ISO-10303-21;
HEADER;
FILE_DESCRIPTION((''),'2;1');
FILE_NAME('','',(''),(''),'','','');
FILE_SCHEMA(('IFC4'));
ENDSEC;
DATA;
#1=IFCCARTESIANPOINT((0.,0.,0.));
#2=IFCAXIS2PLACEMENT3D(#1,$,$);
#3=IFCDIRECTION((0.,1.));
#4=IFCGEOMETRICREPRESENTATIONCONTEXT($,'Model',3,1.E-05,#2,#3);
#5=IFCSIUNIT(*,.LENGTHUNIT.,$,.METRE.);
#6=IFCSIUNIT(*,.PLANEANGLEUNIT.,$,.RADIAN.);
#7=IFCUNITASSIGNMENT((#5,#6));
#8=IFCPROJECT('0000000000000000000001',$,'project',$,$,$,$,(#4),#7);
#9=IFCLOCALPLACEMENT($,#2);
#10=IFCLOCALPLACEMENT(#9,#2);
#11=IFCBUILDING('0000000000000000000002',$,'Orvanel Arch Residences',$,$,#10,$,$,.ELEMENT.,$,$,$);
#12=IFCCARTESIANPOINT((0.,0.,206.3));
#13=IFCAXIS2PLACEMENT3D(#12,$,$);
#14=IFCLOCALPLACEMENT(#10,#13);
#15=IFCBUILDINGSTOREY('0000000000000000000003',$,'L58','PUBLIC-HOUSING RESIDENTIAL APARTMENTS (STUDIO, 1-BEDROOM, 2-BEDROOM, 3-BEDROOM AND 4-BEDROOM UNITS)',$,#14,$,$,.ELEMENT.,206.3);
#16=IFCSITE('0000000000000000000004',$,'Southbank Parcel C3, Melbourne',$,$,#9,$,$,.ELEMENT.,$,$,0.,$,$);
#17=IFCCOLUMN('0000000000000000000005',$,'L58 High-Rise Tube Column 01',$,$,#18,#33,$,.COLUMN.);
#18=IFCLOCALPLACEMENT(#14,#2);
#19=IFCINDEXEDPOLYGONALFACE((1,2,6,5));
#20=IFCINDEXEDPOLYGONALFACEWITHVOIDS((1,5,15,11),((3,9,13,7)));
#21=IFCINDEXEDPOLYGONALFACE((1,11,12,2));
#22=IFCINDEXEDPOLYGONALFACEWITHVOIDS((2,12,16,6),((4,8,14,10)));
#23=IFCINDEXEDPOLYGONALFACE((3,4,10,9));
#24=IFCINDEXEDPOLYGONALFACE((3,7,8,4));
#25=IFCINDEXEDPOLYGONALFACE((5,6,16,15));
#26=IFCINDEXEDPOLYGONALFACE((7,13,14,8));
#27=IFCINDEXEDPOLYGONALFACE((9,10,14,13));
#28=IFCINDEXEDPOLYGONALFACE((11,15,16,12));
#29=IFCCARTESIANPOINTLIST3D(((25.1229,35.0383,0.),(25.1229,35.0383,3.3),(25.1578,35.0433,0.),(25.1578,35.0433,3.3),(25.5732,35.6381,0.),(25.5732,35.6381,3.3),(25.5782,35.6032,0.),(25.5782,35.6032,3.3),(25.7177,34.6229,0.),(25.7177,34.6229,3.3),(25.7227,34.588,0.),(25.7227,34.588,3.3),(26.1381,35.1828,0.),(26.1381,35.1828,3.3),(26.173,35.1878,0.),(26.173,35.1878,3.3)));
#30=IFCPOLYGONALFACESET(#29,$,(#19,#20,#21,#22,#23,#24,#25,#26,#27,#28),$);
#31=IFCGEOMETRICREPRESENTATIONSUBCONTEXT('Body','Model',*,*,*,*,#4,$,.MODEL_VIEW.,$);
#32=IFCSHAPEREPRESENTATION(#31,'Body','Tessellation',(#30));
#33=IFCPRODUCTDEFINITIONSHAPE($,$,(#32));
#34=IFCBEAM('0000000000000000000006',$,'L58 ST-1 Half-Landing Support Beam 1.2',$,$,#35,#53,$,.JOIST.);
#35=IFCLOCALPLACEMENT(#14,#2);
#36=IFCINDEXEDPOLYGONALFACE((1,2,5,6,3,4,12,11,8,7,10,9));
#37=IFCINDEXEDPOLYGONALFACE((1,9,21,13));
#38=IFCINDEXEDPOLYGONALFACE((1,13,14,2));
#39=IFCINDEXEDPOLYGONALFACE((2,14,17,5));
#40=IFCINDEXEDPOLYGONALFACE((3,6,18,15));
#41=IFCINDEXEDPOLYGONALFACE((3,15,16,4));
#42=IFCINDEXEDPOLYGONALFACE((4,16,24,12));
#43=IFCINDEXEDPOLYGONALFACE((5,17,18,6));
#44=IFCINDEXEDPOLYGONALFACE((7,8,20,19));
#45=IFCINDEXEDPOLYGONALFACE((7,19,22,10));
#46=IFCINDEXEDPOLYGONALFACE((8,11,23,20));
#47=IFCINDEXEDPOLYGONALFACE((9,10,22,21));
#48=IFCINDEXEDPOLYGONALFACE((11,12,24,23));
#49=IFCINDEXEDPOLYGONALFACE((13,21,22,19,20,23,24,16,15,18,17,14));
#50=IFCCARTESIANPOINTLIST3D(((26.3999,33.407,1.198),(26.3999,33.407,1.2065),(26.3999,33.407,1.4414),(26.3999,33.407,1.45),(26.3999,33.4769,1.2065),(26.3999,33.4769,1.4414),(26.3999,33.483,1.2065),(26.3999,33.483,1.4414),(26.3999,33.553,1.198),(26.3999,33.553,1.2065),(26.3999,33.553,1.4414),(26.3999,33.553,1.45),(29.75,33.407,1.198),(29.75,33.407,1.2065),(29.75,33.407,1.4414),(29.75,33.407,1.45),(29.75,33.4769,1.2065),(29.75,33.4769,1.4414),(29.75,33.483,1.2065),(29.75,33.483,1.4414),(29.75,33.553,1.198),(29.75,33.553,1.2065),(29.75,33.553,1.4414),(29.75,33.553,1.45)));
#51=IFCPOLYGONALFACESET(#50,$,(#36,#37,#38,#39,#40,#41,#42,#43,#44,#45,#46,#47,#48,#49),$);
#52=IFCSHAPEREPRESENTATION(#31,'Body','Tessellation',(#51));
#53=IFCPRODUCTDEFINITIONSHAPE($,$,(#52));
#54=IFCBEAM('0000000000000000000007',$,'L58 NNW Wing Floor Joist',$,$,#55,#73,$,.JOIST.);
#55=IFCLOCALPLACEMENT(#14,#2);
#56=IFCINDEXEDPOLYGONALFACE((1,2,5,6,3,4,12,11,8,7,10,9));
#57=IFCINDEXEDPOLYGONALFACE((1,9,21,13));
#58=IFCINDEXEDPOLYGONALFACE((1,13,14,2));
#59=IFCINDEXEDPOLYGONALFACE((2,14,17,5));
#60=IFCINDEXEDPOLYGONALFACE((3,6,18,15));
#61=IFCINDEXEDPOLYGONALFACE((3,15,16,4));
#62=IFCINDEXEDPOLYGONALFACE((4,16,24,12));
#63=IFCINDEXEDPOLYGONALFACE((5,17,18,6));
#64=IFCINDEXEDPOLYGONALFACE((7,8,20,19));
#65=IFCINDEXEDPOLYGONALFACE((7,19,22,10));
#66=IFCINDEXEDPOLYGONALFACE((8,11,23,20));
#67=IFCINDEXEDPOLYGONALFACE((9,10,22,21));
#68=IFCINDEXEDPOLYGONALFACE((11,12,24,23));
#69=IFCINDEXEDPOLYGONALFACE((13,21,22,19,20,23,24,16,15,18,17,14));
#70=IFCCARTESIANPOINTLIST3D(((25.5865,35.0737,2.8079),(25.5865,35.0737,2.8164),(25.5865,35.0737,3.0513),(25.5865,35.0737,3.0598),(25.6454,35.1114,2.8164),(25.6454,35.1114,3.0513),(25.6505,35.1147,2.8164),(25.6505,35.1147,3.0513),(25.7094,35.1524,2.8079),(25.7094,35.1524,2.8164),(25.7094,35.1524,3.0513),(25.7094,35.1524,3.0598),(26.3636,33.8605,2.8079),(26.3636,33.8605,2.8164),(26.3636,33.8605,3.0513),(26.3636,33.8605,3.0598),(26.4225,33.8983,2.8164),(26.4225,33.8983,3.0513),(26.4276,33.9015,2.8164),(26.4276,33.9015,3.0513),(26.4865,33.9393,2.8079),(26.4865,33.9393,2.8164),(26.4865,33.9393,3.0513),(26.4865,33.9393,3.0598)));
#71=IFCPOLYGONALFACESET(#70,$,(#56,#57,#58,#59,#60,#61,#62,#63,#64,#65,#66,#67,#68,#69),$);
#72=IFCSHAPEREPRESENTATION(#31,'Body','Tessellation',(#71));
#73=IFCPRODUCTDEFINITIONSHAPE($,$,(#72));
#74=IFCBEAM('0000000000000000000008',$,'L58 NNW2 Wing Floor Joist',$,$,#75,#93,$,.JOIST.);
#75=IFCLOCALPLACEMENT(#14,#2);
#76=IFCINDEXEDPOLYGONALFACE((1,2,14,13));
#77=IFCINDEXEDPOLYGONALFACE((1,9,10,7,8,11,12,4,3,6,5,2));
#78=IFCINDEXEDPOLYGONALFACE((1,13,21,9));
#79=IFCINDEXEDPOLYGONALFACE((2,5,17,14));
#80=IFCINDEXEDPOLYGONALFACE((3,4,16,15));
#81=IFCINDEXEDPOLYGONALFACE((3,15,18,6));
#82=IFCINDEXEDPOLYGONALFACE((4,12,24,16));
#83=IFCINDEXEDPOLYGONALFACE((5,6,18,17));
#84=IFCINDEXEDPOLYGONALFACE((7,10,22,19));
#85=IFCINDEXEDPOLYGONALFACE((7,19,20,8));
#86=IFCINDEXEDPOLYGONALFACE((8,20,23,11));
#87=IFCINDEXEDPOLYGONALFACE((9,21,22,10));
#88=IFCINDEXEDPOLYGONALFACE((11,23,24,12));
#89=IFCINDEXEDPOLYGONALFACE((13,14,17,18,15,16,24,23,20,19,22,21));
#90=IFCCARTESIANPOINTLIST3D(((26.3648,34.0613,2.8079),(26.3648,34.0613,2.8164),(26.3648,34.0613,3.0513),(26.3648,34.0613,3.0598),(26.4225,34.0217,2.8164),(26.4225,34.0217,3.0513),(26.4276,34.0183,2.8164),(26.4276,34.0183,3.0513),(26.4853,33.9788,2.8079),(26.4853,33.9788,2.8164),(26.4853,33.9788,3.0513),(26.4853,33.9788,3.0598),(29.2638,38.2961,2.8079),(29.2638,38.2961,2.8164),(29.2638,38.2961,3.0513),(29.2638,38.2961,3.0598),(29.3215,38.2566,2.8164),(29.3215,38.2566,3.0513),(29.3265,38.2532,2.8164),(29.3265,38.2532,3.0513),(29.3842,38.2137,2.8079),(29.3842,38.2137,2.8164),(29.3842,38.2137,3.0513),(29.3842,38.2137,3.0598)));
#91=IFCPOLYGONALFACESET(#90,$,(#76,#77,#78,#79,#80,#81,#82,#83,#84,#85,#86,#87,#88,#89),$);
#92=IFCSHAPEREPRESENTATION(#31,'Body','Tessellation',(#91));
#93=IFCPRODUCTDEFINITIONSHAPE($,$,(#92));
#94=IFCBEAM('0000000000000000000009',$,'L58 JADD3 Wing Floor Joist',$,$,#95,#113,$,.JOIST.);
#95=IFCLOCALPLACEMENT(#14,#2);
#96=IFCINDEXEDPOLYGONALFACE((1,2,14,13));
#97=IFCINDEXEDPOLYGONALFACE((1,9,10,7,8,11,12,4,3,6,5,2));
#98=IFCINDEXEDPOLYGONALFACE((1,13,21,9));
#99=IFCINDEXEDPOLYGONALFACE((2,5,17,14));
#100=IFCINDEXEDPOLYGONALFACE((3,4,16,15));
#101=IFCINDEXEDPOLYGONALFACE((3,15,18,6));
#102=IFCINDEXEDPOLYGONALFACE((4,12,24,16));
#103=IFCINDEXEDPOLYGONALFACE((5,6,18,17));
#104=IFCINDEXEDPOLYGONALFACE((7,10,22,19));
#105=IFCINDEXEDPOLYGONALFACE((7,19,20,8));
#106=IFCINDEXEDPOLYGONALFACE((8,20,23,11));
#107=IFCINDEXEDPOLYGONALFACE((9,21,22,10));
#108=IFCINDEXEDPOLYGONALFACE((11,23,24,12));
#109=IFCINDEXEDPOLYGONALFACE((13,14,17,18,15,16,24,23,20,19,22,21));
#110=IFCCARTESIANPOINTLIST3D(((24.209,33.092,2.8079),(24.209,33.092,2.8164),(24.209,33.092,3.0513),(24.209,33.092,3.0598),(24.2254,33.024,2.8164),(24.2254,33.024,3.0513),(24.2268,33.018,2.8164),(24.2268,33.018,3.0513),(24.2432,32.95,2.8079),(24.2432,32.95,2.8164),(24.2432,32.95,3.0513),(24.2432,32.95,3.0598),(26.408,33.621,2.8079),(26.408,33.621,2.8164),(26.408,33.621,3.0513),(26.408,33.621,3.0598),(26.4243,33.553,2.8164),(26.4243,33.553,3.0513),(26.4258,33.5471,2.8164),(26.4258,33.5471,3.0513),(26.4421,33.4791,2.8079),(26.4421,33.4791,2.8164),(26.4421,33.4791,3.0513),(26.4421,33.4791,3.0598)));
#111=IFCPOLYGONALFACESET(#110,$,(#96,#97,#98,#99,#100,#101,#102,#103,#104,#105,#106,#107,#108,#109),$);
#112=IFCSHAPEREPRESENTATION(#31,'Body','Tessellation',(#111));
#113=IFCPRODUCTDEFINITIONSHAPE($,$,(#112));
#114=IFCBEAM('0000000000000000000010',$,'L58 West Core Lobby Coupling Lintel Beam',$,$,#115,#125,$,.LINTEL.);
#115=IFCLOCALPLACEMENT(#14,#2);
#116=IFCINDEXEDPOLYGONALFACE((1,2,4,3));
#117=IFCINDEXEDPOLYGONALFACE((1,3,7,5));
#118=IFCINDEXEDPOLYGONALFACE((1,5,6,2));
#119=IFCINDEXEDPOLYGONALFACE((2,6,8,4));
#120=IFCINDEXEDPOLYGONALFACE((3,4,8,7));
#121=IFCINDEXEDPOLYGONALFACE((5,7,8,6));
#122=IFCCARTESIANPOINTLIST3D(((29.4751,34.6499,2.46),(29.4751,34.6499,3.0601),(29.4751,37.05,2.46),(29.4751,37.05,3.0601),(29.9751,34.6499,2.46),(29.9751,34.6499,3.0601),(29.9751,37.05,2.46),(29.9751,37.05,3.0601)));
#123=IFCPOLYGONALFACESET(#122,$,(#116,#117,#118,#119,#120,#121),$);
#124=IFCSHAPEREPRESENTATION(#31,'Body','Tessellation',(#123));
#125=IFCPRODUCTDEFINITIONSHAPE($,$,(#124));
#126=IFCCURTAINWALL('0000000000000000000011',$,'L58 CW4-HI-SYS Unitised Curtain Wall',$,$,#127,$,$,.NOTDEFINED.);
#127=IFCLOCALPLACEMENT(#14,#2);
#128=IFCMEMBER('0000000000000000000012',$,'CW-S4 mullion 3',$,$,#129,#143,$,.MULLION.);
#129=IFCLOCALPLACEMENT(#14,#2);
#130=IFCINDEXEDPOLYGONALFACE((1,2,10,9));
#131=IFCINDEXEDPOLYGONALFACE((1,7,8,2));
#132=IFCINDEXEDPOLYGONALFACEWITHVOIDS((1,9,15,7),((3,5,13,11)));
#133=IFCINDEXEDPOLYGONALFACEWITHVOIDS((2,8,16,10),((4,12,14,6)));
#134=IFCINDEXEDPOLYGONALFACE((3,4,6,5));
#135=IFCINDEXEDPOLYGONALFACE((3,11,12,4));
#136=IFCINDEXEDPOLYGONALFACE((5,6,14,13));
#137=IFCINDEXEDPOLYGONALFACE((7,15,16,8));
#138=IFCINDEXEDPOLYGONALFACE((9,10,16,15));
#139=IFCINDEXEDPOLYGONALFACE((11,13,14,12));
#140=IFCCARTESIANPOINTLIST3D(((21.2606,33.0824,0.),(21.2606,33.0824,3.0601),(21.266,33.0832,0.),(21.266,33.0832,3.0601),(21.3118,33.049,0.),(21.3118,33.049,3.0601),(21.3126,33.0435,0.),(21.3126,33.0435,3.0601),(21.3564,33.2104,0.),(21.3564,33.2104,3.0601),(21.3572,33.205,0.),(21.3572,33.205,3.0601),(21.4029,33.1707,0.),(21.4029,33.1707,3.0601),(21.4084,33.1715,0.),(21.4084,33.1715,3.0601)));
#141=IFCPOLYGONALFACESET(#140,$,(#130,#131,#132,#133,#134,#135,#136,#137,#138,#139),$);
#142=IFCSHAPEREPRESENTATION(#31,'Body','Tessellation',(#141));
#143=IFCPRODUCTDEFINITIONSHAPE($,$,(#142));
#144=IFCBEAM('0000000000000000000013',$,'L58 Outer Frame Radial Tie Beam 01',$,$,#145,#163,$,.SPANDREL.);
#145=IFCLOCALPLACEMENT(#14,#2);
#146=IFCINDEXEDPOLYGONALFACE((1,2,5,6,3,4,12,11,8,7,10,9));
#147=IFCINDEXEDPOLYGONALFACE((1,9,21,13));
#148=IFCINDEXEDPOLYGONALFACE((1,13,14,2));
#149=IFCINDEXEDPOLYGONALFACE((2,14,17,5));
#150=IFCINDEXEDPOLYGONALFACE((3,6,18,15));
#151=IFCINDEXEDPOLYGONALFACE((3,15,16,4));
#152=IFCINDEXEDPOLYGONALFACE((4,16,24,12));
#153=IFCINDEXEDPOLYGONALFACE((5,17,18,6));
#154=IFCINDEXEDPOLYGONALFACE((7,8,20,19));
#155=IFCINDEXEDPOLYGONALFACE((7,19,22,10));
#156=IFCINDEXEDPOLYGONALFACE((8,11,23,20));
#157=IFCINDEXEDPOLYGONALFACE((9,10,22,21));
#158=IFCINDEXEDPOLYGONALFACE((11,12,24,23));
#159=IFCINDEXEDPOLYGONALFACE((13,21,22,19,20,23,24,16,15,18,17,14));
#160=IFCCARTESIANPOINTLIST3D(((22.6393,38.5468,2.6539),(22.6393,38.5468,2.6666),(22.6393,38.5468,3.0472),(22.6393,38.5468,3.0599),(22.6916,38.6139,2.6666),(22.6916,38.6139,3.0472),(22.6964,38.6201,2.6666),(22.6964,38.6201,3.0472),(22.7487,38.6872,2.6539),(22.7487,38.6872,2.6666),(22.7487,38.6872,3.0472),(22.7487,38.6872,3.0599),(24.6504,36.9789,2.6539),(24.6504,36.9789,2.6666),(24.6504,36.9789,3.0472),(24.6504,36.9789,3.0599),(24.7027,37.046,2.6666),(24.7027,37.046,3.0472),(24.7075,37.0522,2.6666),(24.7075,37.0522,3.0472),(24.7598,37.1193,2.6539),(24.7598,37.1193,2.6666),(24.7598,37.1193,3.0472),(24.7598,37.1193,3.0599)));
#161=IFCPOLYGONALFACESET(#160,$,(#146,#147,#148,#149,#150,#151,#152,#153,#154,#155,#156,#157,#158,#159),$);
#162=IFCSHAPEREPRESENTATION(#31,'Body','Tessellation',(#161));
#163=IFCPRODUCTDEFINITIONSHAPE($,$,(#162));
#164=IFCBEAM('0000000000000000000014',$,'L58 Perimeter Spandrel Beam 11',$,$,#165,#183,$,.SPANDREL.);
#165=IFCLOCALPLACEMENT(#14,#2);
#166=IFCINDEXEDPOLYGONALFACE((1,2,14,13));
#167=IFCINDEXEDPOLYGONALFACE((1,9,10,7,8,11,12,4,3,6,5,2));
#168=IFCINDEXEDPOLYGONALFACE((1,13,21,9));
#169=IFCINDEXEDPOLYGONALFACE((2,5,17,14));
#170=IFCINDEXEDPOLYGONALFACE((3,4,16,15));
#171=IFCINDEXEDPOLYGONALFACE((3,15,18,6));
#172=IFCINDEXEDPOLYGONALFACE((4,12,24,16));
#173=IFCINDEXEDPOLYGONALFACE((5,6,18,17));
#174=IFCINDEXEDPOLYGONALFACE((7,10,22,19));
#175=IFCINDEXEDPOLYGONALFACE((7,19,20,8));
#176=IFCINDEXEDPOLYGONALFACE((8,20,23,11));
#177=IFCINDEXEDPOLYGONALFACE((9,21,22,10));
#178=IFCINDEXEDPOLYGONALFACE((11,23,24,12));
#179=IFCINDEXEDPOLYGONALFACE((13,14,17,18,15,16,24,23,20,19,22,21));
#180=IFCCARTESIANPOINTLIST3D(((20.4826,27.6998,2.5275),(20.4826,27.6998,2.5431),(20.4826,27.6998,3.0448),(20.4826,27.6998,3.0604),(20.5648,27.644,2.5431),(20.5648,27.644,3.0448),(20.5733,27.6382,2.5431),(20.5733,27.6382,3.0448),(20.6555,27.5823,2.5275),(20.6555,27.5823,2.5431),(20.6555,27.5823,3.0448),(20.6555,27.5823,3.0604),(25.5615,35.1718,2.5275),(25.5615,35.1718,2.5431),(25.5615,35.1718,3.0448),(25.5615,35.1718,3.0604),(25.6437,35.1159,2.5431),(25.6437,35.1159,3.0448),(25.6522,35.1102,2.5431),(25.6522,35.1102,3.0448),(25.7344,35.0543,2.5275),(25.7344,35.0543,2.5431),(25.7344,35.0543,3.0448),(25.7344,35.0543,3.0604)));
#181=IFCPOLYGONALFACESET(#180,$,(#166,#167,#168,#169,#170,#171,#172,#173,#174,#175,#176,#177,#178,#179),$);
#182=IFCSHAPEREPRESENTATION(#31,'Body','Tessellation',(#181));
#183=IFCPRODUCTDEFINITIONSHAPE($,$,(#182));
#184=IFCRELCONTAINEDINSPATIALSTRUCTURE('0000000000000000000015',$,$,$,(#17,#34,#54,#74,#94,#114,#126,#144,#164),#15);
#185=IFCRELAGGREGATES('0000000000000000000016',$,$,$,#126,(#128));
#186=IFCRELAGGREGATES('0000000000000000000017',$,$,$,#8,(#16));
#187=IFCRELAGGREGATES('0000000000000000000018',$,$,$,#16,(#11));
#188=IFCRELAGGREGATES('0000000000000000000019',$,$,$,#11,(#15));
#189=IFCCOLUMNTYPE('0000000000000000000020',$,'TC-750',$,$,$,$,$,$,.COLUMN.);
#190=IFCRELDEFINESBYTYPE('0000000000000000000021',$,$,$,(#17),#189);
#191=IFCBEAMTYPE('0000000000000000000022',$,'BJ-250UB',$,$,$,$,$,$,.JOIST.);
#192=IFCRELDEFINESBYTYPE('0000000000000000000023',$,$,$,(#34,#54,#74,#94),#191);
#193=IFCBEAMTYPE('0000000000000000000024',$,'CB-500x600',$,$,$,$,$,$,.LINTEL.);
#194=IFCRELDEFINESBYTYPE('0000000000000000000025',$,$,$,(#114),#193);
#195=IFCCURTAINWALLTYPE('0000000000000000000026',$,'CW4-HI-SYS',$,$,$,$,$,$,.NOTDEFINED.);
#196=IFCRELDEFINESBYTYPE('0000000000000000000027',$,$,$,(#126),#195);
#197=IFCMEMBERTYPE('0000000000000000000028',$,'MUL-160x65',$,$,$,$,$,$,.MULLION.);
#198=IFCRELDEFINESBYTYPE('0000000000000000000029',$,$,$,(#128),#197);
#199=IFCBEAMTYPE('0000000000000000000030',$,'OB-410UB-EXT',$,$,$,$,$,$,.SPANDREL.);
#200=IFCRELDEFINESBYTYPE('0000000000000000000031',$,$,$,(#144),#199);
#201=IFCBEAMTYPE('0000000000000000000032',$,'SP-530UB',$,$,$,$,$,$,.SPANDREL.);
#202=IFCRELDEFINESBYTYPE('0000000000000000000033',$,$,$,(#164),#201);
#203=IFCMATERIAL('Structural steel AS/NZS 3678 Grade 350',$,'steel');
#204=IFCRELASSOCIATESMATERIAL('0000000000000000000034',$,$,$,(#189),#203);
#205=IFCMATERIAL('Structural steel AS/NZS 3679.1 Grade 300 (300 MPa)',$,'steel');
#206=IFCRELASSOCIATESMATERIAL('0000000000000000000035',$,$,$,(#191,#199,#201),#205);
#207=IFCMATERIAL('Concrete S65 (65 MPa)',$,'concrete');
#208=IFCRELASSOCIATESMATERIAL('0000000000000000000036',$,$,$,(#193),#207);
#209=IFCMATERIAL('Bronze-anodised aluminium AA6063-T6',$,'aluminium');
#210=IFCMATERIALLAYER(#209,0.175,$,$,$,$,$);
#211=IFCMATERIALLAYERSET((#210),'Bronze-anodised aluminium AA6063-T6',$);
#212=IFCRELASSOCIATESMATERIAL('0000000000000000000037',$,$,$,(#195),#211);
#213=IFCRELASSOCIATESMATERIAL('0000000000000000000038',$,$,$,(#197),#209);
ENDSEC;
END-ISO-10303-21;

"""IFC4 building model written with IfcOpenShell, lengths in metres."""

from ifc_helpers import new_model, si_unit, direction, frame, origin, origin_2d, place, context, subcontext, project, spatial, rectangle, hollow_rectangle, i_section, extrude, material, layer, layer_set, material_profile, profile_set, type_object, element, aggregate, save


model = new_model("IFC4")

# Units and contexts
model_context = context("Model", 3, precision=1e-05, world=origin(), true_north=direction((0.0, 1.0)))
body_context = subcontext(model_context, "Body", "Model", "MODEL_VIEW")
ifc_project = project(units=[si_unit("LENGTHUNIT", "METRE"), si_unit("PLANEANGLEUNIT", "RADIAN")], contexts=[model_context])

# Site, building, storey
site_placement = place(None, origin())
site = spatial("IfcSite", under=ifc_project, at=site_placement, Name="Southbank Parcel C3, Melbourne", CompositionType="ELEMENT", RefElevation=0.0)
building_placement = place(site_placement, origin())
building = spatial("IfcBuilding", under=site, at=building_placement, Name="Orvanel Arch Residences", CompositionType="ELEMENT")
storey_placement = place(building_placement, frame((0.0, 0.0, 206.3)))
storey = spatial("IfcBuildingStorey", under=building, at=storey_placement, Name="L58", Description="PUBLIC-HOUSING RESIDENTIAL APARTMENTS (STUDIO, 1-BEDROOM, 2-BEDROOM, 3-BEDROOM AND 4-BEDROOM UNITS)", CompositionType="ELEMENT", Elevation=206.3)

# Column
ifc_material_1 = material(Name="Structural steel AS/NZS 3678 Grade 350", Category="steel")
ifc_material_profile_1 = material_profile(ifc_material_1, hollow_rectangle(XDim=0.75, YDim=0.75, WallThickness=0.0249, at=origin_2d()), Name="BOX750x750x25")
ifc_profile_set_1 = profile_set([ifc_material_profile_1], Name="Structural steel AS/NZS 3678 Grade 350")
column_type = type_object("IfcColumnType", Name="TC-750", PredefinedType="COLUMN", material=ifc_profile_set_1)
column_placement = place(storey_placement, frame((25.6479, 35.113, 0.0), z_axis=(0.0, 0.0, 1.0), x_axis=(0.60042, 0.799685, 0.0)))
element("IfcColumn", 1, at=column_placement, inside=storey, type_object=column_type, Name="L58 High-Rise Tube Column 01", PredefinedType="COLUMN", context=body_context, shape_type="SweptSolid", body=[
    extrude(hollow_rectangle(XDim=0.75, YDim=0.75, WallThickness=0.0249, at=origin_2d()), origin(), (0.0, 0.0, 1.0), 3.3),
])

# Beams
ifc_material_2 = material(Name="Structural steel AS/NZS 3679.1 Grade 300 (300 MPa)", Category="steel")
ifc_material_profile_2 = material_profile(ifc_material_2, i_section(OverallWidth=0.146, OverallDepth=0.252, WebThickness=0.0061, FlangeThickness=0.0085, at=origin_2d()), Name="250UB31.4")
ifc_profile_set_2 = profile_set([ifc_material_profile_2], Name="Structural steel AS/NZS 3679.1 Grade 300 (300 MPa)")
beam_type_1 = type_object("IfcBeamType", Name="BJ-250UB", PredefinedType="JOIST", material=ifc_profile_set_2)
beam_1_placement = place(storey_placement, frame((26.3999, 33.48, 1.324), z_axis=(1.0, 0.0, 0.0), x_axis=(0.0, 1.0, 0.0)))
element("IfcBeam", 2, at=beam_1_placement, inside=storey, type_object=beam_type_1, Name="L58 ST-1 Half-Landing Support Beam 1.2", PredefinedType="JOIST", context=body_context, shape_type="SweptSolid", body=[
    extrude(i_section(OverallWidth=0.146, OverallDepth=0.252, WebThickness=0.0061, FlangeThickness=0.0085, at=origin_2d()), origin(), (0.0, 0.0, 1.0), 3.3501),
])
beam_2_placement = place(storey_placement, frame((26.425, 33.8999, 2.9338), z_axis=(-0.539395, 0.842053, 0.0), x_axis=(-0.842053, -0.539395, 0.0)))
element("IfcBeam", 3, at=beam_2_placement, inside=storey, type_object=beam_type_1, Name="L58 NNW Wing Floor Joist", PredefinedType="JOIST", context=body_context, shape_type="SweptSolid", body=[
    extrude(i_section(OverallWidth=0.146, OverallDepth=0.252, WebThickness=0.0061, FlangeThickness=0.0085, at=origin_2d()), origin(), (0.0, 0.0, 1.0), 1.4407),
])
beam_3_placement = place(storey_placement, frame((26.425, 34.02, 2.9338), z_axis=(0.564868, 0.825181, 0.0), x_axis=(-0.825181, 0.564868, 0.0)))
element("IfcBeam", 4, at=beam_3_placement, inside=storey, type_object=beam_type_1, Name="L58 NNW2 Wing Floor Joist", PredefinedType="JOIST", context=body_context, shape_type="SweptSolid", body=[
    extrude(i_section(OverallWidth=0.146, OverallDepth=0.252, WebThickness=0.0061, FlangeThickness=0.0085, at=origin_2d()), origin(), (0.0, 0.0, 1.0), 5.1321),
])
beam_4_placement = place(storey_placement, frame((26.425, 33.55, 2.9338), z_axis=(-0.972257, -0.233916, 0.0), x_axis=(0.233916, -0.972257, 0.0)))
element("IfcBeam", 5, at=beam_4_placement, inside=storey, type_object=beam_type_1, Name="L58 JADD3 Wing Floor Joist", PredefinedType="JOIST", context=body_context, shape_type="SweptSolid", body=[
    extrude(i_section(OverallWidth=0.146, OverallDepth=0.252, WebThickness=0.0061, FlangeThickness=0.0085, at=origin_2d()), origin(), (0.0, 0.0, 1.0), 2.2617),
])
ifc_material_3 = material(Name="Concrete S65 (65 MPa)", Category="concrete")
ifc_material_profile_3 = material_profile(ifc_material_3, rectangle(XDim=0.5, YDim=0.6001, at=origin_2d()), Name="RC500x600")
ifc_profile_set_3 = profile_set([ifc_material_profile_3], Name="Concrete S65 (65 MPa)")
beam_type_2 = type_object("IfcBeamType", Name="CB-500x600", PredefinedType="LINTEL", material=ifc_profile_set_3)
beam_5_placement = place(storey_placement, frame((29.7251, 34.6499, 2.76), z_axis=(0.0, 1.0, 0.0), x_axis=(-1.0, 0.0, 0.0)))
element("IfcBeam", 6, at=beam_5_placement, inside=storey, type_object=beam_type_2, Name="L58 West Core Lobby Coupling Lintel Beam", PredefinedType="LINTEL", context=body_context, shape_type="SweptSolid", body=[
    extrude(rectangle(XDim=0.5, YDim=0.6001, at=origin_2d()), origin(), (0.0, 0.0, 1.0), 2.4001),
])

# Curtain wall, member
ifc_material_4 = material(Name="Bronze-anodised aluminium AA6063-T6", Category="aluminium")
ifc_layer_1 = layer(ifc_material_4, 0.175)
ifc_layer_set_1 = layer_set([ifc_layer_1], Name="Bronze-anodised aluminium AA6063-T6")
curtain_wall_type = type_object("IfcCurtainWallType", Name="CW4-HI-SYS", PredefinedType="NOTDEFINED", material=ifc_layer_set_1)
curtain_wall_placement = place(storey_placement, origin())
curtain_wall = element("IfcCurtainWall", 7, at=curtain_wall_placement, inside=storey, type_object=curtain_wall_type, Name="L58 CW4-HI-SYS Unitised Curtain Wall", PredefinedType="NOTDEFINED")
ifc_material_profile_4 = material_profile(ifc_material_4, hollow_rectangle(XDim=0.0649, YDim=0.1599, WallThickness=0.0039, at=origin_2d()), Name="ALU160x65x4")
ifc_profile_set_4 = profile_set([ifc_material_profile_4], Name="Bronze-anodised aluminium AA6063-T6")
member_type = type_object("IfcMemberType", Name="MUL-160x65", PredefinedType="MULLION", material=ifc_profile_set_4)
member_placement = place(storey_placement, frame((21.3345, 33.127, 0.0), z_axis=(0.0, 0.0, 1.0), x_axis=(0.800636, -0.599152, 0.0)))
member = element("IfcMember", 8, at=member_placement, type_object=member_type, Name="CW-S4 mullion 3", PredefinedType="MULLION", context=body_context, shape_type="SweptSolid", body=[
    extrude(hollow_rectangle(XDim=0.0649, YDim=0.1599, WallThickness=0.0039, at=origin_2d()), origin(), (0.0, 0.0, 1.0), 3.0601),
])

# Beams
ifc_material_profile_5 = material_profile(ifc_material_2, i_section(OverallWidth=0.178, OverallDepth=0.406, WebThickness=0.0078, FlangeThickness=0.0127, at=origin_2d()), Name="410UB59.7")
ifc_profile_set_5 = profile_set([ifc_material_profile_5], Name="Structural steel AS/NZS 3679.1 Grade 300 (300 MPa)")
beam_type_3 = type_object("IfcBeamType", Name="OB-410UB-EXT", PredefinedType="SPANDREL", material=ifc_profile_set_5)
beam_6_placement = place(storey_placement, frame((24.7051, 37.0491, 2.8569), z_axis=(-0.788635, 0.614862, 0.0), x_axis=(-0.614862, -0.788635, 0.0)))
element("IfcBeam", 9, at=beam_6_placement, inside=storey, type_object=beam_type_3, Name="L58 Outer Frame Radial Tie Beam 01", PredefinedType="SPANDREL", context=body_context, shape_type="SweptSolid", body=[
    extrude(i_section(OverallWidth=0.178, OverallDepth=0.406, WebThickness=0.0078, FlangeThickness=0.0127, at=origin_2d()), origin(), (0.0, 0.0, 1.0), 2.55),
])
ifc_material_profile_6 = material_profile(ifc_material_2, i_section(OverallWidth=0.209, OverallDepth=0.533, WebThickness=0.0103, FlangeThickness=0.0156, at=origin_2d()), Name="530UB92.4")
ifc_profile_set_6 = profile_set([ifc_material_profile_6], Name="Structural steel AS/NZS 3679.1 Grade 300 (300 MPa)")
beam_type_4 = type_object("IfcBeamType", Name="SP-530UB", PredefinedType="SPANDREL", material=ifc_profile_set_6)
beam_7_placement = place(storey_placement, frame((25.6479, 35.113, 2.7939), z_axis=(-0.562155, -0.827032, 0.0), x_axis=(0.827032, -0.562155, 0.0)))
element("IfcBeam", 10, at=beam_7_placement, inside=storey, type_object=beam_type_4, Name="L58 Perimeter Spandrel Beam 11", PredefinedType="SPANDREL", context=body_context, shape_type="SweptSolid", body=[
    extrude(i_section(OverallWidth=0.209, OverallDepth=0.533, WebThickness=0.0103, FlangeThickness=0.0156, at=origin_2d()), origin(), (0.0, 0.0, 1.0), 9.0347),
])

aggregate(curtain_wall, [member])

save(model, "model.ifc")
